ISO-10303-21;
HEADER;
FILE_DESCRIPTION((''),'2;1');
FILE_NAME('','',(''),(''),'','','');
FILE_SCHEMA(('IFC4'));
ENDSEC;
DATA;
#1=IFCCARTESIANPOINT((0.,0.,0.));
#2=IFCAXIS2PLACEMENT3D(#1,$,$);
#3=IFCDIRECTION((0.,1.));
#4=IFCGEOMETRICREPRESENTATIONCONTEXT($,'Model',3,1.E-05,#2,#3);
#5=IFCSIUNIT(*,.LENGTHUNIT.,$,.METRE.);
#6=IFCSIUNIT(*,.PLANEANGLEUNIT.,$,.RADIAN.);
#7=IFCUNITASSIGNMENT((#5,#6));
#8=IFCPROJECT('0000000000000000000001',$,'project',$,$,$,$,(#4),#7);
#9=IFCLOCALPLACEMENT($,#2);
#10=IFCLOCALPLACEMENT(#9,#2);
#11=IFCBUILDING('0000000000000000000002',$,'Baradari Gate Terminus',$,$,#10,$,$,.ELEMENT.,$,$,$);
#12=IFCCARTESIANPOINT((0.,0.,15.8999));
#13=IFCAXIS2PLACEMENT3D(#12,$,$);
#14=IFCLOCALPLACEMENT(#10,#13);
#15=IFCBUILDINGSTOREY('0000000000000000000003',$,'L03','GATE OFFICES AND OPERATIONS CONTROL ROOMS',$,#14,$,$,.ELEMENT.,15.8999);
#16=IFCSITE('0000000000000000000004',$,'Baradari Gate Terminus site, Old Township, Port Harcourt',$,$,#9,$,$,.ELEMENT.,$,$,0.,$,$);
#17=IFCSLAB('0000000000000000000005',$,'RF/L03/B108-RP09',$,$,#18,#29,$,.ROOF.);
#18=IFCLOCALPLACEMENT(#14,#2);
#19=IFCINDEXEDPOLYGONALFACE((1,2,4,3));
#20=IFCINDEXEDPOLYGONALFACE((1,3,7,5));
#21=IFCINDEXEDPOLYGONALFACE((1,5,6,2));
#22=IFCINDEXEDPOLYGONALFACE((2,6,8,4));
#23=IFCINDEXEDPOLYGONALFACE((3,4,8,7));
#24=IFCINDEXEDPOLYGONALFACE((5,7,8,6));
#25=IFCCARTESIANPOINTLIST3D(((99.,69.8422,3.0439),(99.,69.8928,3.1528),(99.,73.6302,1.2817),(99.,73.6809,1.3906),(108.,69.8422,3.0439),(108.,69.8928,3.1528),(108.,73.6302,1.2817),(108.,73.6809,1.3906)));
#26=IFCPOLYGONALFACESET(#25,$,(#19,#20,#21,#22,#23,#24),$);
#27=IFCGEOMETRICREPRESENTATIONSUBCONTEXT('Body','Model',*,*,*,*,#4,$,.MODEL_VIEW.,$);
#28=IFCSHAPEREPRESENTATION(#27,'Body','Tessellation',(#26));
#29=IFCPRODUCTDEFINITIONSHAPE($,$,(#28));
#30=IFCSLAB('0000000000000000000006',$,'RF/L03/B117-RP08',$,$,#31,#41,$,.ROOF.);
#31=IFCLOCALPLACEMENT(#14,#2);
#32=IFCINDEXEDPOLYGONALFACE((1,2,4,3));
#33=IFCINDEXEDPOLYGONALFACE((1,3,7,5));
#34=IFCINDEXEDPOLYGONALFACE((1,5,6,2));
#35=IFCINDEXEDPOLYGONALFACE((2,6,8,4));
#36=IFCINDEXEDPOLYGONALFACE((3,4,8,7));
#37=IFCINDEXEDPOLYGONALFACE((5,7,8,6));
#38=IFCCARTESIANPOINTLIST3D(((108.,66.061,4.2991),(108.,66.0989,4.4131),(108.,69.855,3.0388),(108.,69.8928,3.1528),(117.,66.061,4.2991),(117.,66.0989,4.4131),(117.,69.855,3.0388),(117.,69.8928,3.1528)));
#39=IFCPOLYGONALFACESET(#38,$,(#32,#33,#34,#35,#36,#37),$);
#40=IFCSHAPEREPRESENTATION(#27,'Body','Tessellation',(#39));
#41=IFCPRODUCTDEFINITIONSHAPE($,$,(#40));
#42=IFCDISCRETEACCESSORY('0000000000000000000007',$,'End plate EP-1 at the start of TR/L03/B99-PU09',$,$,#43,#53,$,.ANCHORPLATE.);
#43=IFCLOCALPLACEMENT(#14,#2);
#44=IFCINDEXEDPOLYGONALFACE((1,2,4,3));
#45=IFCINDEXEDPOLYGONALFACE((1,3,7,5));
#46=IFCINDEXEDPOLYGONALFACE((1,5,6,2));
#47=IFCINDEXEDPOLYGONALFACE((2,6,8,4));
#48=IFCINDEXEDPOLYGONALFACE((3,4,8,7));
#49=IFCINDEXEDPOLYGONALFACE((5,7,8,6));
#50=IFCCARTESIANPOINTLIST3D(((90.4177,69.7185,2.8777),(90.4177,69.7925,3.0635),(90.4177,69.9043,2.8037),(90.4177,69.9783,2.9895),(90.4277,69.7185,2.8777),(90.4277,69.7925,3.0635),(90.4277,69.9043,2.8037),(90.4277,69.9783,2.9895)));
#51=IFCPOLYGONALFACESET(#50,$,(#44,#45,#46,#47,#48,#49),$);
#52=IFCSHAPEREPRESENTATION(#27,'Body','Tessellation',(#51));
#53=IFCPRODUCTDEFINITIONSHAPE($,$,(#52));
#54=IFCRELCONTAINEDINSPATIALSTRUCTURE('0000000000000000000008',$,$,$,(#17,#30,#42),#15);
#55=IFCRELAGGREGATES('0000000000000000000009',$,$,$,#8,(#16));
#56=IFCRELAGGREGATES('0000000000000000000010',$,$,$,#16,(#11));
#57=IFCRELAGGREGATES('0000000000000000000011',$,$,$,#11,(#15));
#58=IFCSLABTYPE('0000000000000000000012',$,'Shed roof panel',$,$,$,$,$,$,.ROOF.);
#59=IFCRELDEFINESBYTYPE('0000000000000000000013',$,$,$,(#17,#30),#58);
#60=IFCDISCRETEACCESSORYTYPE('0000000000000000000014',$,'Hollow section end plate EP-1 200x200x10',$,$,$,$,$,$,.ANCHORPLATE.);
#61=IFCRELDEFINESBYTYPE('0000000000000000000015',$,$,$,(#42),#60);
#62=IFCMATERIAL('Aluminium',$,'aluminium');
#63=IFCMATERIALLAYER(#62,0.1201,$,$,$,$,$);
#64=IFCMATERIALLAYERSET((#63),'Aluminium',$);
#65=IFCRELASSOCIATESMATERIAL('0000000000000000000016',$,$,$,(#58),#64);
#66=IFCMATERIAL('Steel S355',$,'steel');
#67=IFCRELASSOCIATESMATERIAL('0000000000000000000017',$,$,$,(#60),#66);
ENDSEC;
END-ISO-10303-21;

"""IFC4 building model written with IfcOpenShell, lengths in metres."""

from ifc_helpers import new_model, si_unit, direction, frame, origin, origin_2d, place, context, subcontext, project, spatial, polyline, rectangle, outline, extrude, material, layer, layer_set, type_object, element, save


model = new_model("IFC4")

# Units and contexts
model_context = context("Model", 3, precision=1e-05, world=origin(), true_north=direction((0.0, 1.0)))
body_context = subcontext(model_context, "Body", "Model", "MODEL_VIEW")
ifc_project = project(units=[si_unit("LENGTHUNIT", "METRE"), si_unit("PLANEANGLEUNIT", "RADIAN")], contexts=[model_context])

# Site, building, storey
site_placement = place(None, origin())
site = spatial("IfcSite", under=ifc_project, at=site_placement, Name="Baradari Gate Terminus site, Old Township, Port Harcourt", CompositionType="ELEMENT", RefElevation=0.0)
building_placement = place(site_placement, origin())
building = spatial("IfcBuilding", under=site, at=building_placement, Name="Baradari Gate Terminus", CompositionType="ELEMENT")
storey_placement = place(building_placement, frame((0.0, 0.0, 15.8999)))
storey = spatial("IfcBuildingStorey", under=building, at=storey_placement, Name="L03", Description="GATE OFFICES AND OPERATIONS CONTROL ROOMS", CompositionType="ELEMENT", Elevation=15.8999)

# Slabs
ifc_material_1 = material(Name="Aluminium", Category="aluminium")
ifc_layer = layer(ifc_material_1, 0.1201)
ifc_layer_set = layer_set([ifc_layer], Name="Aluminium")
slab_type = type_object("IfcSlabType", Name="Shed roof panel", PredefinedType="ROOF", material=ifc_layer_set)
slab_1_placement = place(storey_placement, frame((99.0, 69.8928, 3.1528), z_axis=(0.0, 0.421791, 0.906693), x_axis=(1.0, 0.0, 0.0)))
element("IfcSlab", 1, at=slab_1_placement, inside=storey, type_object=slab_type, Name="RF/L03/B108-RP09", PredefinedType="ROOF", context=body_context, shape_type="SweptSolid", body=[
    extrude(outline(polyline([(0.0, 0.0), (9.0, 0.0), (9.0, 4.1779), (0.0, 4.1779), (0.0, 0.0)])), origin(), (0.0, 0.0, -1.0), 0.1201),
])
slab_2_placement = place(storey_placement, frame((108.0, 66.0989, 4.4131), z_axis=(0.0, 0.315238, 0.949013), x_axis=(1.0, 0.0, 0.0)))
element("IfcSlab", 2, at=slab_2_placement, inside=storey, type_object=slab_type, Name="RF/L03/B117-RP08", PredefinedType="ROOF", context=body_context, shape_type="SweptSolid", body=[
    extrude(outline(polyline([(0.0, 0.0), (9.0, 0.0), (9.0, 3.9978), (0.0, 3.9978), (0.0, 0.0)])), origin(), (0.0, 0.0, -1.0), 0.1201),
])

# Discrete accessory
ifc_material_2 = material(Name="Steel S355", Category="steel")
discrete_accessory_type = type_object("IfcDiscreteAccessoryType", Name="Hollow section end plate EP-1 200x200x10", PredefinedType="ANCHORPLATE", material=ifc_material_2)
discrete_accessory_placement = place(storey_placement, frame((90.4177, 69.8484, 2.9336), z_axis=(1.0, 0.0, 0.0), x_axis=(0.0, 0.928965, -0.370167)))
element("IfcDiscreteAccessory", 3, at=discrete_accessory_placement, inside=storey, type_object=discrete_accessory_type, Name="End plate EP-1 at the start of TR/L03/B99-PU09", PredefinedType="ANCHORPLATE", context=body_context, shape_type="SweptSolid", body=[
    extrude(rectangle(XDim=0.2, YDim=0.2, at=origin_2d()), origin(), (0.0, 0.0, 1.0), 0.01),
])

save(model, "model.ifc")
